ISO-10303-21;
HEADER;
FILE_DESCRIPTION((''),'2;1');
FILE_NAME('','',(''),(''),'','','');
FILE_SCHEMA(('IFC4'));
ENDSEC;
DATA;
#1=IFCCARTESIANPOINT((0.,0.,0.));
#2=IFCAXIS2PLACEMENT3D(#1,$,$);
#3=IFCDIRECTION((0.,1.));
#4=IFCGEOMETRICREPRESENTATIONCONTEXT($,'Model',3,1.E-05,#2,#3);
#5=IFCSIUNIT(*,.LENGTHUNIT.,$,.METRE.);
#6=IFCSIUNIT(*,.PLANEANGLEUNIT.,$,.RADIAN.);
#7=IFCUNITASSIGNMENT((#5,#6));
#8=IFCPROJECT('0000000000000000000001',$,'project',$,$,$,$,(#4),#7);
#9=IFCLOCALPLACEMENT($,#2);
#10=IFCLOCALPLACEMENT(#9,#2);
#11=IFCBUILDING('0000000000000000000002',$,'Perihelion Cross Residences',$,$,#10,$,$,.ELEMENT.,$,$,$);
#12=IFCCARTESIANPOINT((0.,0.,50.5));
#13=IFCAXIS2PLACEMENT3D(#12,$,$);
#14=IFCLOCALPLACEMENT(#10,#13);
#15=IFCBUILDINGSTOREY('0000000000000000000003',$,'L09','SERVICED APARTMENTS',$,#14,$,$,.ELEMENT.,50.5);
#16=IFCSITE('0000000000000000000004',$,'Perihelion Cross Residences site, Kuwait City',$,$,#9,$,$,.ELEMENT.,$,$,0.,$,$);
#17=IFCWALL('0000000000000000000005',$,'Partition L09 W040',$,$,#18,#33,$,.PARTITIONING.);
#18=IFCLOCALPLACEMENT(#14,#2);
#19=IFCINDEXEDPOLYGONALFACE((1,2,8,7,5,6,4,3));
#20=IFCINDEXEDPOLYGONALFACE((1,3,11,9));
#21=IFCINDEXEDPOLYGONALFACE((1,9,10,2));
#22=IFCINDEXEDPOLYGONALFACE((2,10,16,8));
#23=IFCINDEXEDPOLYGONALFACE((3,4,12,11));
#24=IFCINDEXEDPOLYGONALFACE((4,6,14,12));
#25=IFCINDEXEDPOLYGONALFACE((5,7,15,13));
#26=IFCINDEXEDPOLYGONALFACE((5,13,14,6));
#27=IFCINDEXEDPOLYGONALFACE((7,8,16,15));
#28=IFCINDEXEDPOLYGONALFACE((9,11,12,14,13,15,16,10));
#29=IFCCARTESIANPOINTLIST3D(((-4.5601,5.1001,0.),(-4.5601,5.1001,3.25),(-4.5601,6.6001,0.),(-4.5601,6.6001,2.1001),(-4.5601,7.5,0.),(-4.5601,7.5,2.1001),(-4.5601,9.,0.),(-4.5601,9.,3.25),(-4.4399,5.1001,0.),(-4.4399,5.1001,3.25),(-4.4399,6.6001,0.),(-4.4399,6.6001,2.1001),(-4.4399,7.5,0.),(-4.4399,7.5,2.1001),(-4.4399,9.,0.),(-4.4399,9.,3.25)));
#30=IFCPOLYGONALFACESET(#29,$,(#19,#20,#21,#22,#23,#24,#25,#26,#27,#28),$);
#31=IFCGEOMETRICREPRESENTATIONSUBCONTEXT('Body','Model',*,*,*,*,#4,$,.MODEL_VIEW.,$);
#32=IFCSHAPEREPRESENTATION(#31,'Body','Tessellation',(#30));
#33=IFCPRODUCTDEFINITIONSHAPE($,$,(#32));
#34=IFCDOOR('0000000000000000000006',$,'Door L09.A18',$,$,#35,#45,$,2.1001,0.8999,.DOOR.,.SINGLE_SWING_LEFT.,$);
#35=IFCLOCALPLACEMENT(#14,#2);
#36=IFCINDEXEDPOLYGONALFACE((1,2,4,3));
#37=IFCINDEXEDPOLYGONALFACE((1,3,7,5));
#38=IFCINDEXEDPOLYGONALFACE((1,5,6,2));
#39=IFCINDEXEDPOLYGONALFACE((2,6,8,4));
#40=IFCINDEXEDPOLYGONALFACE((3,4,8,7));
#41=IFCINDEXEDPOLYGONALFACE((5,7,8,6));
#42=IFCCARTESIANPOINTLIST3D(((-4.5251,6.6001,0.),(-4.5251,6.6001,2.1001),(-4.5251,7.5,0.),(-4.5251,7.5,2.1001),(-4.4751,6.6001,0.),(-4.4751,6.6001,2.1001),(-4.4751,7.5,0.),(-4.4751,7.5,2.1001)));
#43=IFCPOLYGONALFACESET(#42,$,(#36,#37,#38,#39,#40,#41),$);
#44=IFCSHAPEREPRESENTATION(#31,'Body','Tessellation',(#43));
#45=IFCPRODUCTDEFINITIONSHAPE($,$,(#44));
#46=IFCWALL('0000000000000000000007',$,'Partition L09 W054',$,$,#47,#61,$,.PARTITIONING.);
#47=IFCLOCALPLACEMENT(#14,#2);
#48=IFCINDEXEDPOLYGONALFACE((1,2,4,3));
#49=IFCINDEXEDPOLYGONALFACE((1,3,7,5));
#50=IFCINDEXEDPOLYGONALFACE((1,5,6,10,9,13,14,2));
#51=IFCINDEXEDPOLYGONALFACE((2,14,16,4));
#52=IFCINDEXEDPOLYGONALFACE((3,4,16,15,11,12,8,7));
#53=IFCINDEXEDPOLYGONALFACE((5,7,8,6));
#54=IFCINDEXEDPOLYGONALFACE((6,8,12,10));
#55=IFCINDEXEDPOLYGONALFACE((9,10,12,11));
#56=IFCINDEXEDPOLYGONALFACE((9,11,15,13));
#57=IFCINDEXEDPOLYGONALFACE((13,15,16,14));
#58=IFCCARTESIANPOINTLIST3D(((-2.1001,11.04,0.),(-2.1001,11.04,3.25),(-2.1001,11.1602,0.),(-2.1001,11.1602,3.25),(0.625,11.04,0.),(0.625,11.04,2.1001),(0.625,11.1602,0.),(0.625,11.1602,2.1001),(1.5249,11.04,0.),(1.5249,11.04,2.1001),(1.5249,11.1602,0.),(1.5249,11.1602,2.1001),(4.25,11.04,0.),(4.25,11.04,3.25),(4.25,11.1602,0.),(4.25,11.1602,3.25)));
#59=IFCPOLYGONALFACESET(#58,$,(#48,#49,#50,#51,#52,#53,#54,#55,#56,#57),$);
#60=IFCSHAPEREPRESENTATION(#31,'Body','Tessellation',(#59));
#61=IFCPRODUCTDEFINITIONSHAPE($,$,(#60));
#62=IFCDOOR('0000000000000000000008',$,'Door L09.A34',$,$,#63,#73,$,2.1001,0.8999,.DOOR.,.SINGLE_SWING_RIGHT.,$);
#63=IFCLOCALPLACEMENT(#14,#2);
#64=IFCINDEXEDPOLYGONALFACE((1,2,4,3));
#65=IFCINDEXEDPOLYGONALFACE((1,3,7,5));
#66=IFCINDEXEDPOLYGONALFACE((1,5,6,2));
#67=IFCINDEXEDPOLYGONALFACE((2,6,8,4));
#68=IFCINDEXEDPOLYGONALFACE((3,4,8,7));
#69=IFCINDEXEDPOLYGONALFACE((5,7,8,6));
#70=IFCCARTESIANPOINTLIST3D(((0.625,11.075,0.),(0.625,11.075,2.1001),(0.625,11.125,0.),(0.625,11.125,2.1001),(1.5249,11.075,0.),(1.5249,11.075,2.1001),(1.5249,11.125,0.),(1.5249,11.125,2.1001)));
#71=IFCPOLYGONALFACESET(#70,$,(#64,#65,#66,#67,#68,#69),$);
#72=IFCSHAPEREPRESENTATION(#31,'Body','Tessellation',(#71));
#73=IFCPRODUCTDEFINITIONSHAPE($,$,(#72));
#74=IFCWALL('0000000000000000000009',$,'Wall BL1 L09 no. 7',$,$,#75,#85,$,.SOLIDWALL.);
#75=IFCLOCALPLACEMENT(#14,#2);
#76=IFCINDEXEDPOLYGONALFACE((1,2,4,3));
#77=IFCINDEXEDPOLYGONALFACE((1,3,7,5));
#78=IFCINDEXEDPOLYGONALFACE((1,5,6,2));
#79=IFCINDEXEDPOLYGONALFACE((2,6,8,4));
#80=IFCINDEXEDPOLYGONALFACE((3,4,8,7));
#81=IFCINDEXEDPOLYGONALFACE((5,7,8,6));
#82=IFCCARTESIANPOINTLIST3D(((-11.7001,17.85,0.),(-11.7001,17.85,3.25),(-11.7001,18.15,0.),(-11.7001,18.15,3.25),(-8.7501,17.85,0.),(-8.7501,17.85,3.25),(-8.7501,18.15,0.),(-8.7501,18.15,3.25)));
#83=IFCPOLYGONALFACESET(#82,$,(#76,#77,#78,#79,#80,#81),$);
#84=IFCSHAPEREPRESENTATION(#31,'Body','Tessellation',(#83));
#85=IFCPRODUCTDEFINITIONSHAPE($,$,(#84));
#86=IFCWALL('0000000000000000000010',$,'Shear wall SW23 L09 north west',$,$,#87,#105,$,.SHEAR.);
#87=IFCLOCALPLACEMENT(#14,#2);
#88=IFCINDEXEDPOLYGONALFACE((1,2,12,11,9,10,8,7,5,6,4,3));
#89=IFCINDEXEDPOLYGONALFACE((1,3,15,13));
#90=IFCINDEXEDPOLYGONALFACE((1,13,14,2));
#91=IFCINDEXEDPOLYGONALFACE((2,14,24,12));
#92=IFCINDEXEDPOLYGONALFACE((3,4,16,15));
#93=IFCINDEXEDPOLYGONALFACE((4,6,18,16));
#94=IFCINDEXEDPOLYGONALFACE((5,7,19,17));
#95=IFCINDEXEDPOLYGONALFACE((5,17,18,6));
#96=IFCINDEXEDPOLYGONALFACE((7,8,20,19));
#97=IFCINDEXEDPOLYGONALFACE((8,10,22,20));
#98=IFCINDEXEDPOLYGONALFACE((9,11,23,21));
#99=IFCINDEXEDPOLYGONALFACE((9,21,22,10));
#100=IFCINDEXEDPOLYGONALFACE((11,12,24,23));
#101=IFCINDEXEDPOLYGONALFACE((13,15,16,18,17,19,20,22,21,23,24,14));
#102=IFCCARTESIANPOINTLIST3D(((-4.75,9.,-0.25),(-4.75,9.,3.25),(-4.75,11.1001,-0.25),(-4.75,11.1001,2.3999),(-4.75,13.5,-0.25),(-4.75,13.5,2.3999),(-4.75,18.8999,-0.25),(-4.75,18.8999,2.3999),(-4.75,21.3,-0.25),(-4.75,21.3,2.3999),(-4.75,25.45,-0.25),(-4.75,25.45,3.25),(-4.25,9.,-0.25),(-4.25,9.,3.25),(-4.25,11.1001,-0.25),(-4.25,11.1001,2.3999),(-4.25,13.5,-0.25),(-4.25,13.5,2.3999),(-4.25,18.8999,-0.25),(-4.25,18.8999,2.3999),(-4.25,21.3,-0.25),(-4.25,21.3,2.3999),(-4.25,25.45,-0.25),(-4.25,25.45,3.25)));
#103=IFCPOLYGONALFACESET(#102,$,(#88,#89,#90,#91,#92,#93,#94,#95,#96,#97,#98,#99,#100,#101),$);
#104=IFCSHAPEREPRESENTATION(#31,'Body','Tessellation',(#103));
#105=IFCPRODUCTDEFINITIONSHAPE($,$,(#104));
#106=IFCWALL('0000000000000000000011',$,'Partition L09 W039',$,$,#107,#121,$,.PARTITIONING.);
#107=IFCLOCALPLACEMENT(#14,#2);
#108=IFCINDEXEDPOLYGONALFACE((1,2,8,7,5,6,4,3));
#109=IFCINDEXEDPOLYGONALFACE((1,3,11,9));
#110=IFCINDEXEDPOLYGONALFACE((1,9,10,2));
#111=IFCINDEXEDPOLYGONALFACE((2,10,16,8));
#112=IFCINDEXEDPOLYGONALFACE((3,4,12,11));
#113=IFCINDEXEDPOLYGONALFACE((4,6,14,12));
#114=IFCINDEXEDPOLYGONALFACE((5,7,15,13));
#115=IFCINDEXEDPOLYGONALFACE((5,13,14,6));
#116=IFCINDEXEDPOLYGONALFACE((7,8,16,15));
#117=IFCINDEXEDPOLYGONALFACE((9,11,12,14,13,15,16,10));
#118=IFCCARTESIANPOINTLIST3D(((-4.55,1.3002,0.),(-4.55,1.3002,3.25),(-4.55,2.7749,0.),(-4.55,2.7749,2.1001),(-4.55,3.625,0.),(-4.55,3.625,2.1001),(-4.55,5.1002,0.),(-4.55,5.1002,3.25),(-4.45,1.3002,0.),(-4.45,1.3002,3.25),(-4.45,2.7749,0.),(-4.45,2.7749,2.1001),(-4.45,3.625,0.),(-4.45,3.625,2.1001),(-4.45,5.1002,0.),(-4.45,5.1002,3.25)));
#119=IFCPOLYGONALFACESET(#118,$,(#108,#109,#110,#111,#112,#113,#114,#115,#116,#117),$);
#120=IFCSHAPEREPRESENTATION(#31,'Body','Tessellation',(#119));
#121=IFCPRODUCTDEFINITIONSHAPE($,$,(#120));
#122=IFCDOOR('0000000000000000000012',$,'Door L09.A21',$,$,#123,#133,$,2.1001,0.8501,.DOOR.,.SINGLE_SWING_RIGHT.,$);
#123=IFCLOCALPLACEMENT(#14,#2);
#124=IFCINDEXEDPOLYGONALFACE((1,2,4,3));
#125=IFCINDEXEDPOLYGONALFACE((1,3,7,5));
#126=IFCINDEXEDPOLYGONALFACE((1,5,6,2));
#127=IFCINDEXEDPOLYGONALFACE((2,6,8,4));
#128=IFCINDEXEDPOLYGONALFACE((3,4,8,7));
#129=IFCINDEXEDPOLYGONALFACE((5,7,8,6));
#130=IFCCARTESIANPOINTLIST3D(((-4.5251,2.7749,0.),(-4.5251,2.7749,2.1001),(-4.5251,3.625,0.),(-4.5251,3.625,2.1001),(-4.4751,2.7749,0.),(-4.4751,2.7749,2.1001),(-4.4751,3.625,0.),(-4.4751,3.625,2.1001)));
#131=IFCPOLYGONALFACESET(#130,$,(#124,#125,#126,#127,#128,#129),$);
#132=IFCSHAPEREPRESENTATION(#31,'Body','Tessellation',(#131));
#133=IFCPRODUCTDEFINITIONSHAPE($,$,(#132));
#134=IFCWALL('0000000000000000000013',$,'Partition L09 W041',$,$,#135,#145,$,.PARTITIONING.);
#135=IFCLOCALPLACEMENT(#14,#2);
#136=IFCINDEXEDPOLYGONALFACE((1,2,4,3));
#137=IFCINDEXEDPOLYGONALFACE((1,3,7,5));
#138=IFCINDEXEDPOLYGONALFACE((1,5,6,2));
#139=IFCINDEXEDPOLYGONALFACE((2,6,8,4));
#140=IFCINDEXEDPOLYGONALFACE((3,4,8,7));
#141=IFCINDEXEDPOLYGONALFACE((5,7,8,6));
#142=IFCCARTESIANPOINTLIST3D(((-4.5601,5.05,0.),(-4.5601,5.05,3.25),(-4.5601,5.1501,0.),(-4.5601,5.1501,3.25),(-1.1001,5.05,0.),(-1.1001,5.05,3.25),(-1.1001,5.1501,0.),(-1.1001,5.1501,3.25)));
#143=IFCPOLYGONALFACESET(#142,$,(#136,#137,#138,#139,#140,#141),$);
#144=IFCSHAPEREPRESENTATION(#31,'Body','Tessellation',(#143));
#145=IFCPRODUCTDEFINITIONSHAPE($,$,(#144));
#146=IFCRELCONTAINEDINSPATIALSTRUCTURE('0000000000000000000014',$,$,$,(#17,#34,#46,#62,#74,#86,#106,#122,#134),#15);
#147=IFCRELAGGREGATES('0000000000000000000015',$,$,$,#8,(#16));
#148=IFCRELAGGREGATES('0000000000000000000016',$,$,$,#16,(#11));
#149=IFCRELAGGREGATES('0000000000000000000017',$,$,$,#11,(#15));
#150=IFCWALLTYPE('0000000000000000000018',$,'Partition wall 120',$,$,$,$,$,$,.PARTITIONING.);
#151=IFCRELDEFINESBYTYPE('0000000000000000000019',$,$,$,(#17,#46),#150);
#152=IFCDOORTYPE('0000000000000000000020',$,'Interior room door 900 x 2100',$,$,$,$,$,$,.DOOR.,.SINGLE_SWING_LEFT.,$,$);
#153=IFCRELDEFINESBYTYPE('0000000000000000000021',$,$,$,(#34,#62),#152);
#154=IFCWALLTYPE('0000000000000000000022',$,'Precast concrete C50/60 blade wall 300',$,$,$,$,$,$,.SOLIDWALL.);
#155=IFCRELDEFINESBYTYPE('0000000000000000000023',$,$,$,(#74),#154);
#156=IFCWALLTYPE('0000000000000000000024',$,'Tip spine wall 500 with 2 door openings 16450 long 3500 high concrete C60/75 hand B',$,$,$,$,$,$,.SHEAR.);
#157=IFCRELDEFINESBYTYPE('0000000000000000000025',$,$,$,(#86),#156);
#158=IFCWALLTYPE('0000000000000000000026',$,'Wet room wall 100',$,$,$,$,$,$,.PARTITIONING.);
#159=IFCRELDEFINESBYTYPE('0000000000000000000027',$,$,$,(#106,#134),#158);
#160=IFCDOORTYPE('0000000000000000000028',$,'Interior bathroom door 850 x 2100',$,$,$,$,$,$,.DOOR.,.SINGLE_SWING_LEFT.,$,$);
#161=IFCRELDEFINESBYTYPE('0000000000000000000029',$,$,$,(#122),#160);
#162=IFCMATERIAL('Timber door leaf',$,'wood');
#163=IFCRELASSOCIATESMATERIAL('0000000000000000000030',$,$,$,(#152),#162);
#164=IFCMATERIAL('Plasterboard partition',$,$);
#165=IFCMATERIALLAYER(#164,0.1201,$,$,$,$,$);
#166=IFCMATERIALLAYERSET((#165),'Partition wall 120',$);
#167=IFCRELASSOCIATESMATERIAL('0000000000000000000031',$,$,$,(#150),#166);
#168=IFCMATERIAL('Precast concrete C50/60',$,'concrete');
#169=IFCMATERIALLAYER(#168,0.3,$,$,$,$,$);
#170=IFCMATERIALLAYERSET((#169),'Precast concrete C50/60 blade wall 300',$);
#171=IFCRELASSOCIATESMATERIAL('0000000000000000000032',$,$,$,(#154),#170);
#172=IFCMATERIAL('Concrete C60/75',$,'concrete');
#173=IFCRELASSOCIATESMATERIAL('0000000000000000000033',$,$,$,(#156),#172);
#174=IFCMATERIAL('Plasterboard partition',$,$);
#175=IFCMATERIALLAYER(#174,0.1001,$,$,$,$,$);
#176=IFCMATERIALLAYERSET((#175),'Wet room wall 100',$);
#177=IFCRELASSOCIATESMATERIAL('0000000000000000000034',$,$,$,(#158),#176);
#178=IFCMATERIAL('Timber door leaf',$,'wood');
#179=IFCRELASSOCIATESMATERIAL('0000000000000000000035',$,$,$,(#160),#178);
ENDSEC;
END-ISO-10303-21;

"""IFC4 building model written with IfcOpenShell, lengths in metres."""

from ifc_helpers import new_model, si_unit, direction, frame, frame_2d, origin, place, context, subcontext, project, spatial, polyline, rectangle, outline, extrude, material, layer, layer_set, material_profile, profile_set, type_object, element, fill, save


model = new_model("IFC4")

# Units and contexts
model_context = context("Model", 3, precision=1e-05, world=origin(), true_north=direction((0.0, 1.0)))
body_context = subcontext(model_context, "Body", "Model", "MODEL_VIEW")
ifc_project = project(units=[si_unit("LENGTHUNIT", "METRE"), si_unit("PLANEANGLEUNIT", "RADIAN")], contexts=[model_context])

# Site, building, storey
site_placement = place(None, origin())
site = spatial("IfcSite", under=ifc_project, at=site_placement, Name="Perihelion Cross Residences site, Kuwait City", CompositionType="ELEMENT", RefElevation=0.0)
building_placement = place(site_placement, origin())
building = spatial("IfcBuilding", under=site, at=building_placement, Name="Perihelion Cross Residences", CompositionType="ELEMENT")
storey_placement = place(building_placement, frame((0.0, 0.0, 50.5)))
storey = spatial("IfcBuildingStorey", under=building, at=storey_placement, Name="L09", Description="SERVICED APARTMENTS", CompositionType="ELEMENT", Elevation=50.5)

# Walls, openings, doors
ifc_material_1 = material(Name="Timber door leaf", Category="wood")
door_type_1 = type_object("IfcDoorType", Name="Interior room door 900 x 2100", OperationType="SINGLE_SWING_LEFT", PredefinedType="DOOR", material=ifc_material_1)
ifc_material_2 = material(Name="Plasterboard partition")
ifc_layer_1 = layer(ifc_material_2, 0.1201)
ifc_layer_set_1 = layer_set([ifc_layer_1], Name="Partition wall 120")
wall_type_1 = type_object("IfcWallType", Name="Partition wall 120", PredefinedType="PARTITIONING", material=ifc_layer_set_1)
wall_1_placement = place(storey_placement, frame((-4.5, 9.0, 0.0), z_axis=(0.0, 0.0, 1.0), x_axis=(0.0, -1.0, 0.0)))
wall_1 = element("IfcWall", 1, at=wall_1_placement, inside=storey, type_object=wall_type_1, Name="Partition L09 W040", PredefinedType="PARTITIONING", context=body_context, shape_type="SweptSolid", body=[
    extrude(rectangle(XDim=3.8999, YDim=0.1201, at=frame_2d((1.95, 0.0))), origin(), (0.0, 0.0, 1.0), 3.25),
])
opening_1_placement = place(wall_1_placement, frame((1.5, 0.0, 0.0)))
opening_1 = element("IfcOpeningElement", 2, at=opening_1_placement, cuts=wall_1, PredefinedType="OPENING", context=body_context, shape_type="SweptSolid", body=[
    extrude(rectangle(XDim=0.8999, YDim=2.1001, at=frame_2d((0.45, 1.05))), frame((0.0, 0.0701, 0.0), z_axis=(0.0, -1.0, 0.0), x_axis=(1.0, 0.0, 0.0)), (0.0, 0.0, 1.0), 0.1401),
])
door_1_placement = place(opening_1_placement, origin())
door_1 = element("IfcDoor", 3, at=door_1_placement, inside=storey, type_object=door_type_1, Name="Door L09.A18", OperationType="SINGLE_SWING_LEFT", OverallHeight=2.1001, OverallWidth=0.8999, PredefinedType="DOOR", context=body_context, shape_type="SweptSolid", body=[
    extrude(rectangle(XDim=0.8999, YDim=2.1001, at=frame_2d((0.45, 1.05))), frame((0.0, 0.0249, 0.0), z_axis=(0.0, -1.0, 0.0), x_axis=(1.0, 0.0, 0.0)), (0.0, 0.0, 1.0), 0.05),
])
fill(opening_1, door_1)
wall_2_placement = place(storey_placement, frame((-2.1001, 11.1001, 0.0), z_axis=(0.0, 0.0, 1.0), x_axis=(1.0, 0.0, 0.0)))
wall_2 = element("IfcWall", 4, at=wall_2_placement, inside=storey, type_object=wall_type_1, Name="Partition L09 W054", PredefinedType="PARTITIONING", context=body_context, shape_type="SweptSolid", body=[
    extrude(rectangle(XDim=6.3501, YDim=0.1201, at=frame_2d((3.175, 0.0))), origin(), (0.0, 0.0, 1.0), 3.25),
])
opening_2_placement = place(wall_2_placement, frame((2.7251, 0.0, 0.0)))
opening_2 = element("IfcOpeningElement", 5, at=opening_2_placement, cuts=wall_2, PredefinedType="OPENING", context=body_context, shape_type="SweptSolid", body=[
    extrude(rectangle(XDim=0.8999, YDim=2.1001, at=frame_2d((0.45, 1.05))), frame((0.0, 0.0701, 0.0), z_axis=(0.0, -1.0, 0.0), x_axis=(1.0, 0.0, 0.0)), (0.0, 0.0, 1.0), 0.1401),
])
door_2_placement = place(opening_2_placement, origin())
door_2 = element("IfcDoor", 6, at=door_2_placement, inside=storey, type_object=door_type_1, Name="Door L09.A34", OperationType="SINGLE_SWING_RIGHT", OverallHeight=2.1001, OverallWidth=0.8999, PredefinedType="DOOR", context=body_context, shape_type="SweptSolid", body=[
    extrude(rectangle(XDim=0.8999, YDim=2.1001, at=frame_2d((0.45, 1.05))), frame((0.0, 0.0249, 0.0), z_axis=(0.0, -1.0, 0.0), x_axis=(1.0, 0.0, 0.0)), (0.0, 0.0, 1.0), 0.05),
])
fill(opening_2, door_2)

# Walls
ifc_material_3 = material(Name="Precast concrete C50/60", Category="concrete")
ifc_layer_2 = layer(ifc_material_3, 0.3)
ifc_layer_set_2 = layer_set([ifc_layer_2], Name="Precast concrete C50/60 blade wall 300")
wall_type_2 = type_object("IfcWallType", Name="Precast concrete C50/60 blade wall 300", PredefinedType="SOLIDWALL", material=ifc_layer_set_2)
wall_3_placement = place(storey_placement, frame((-8.75, 18.0, 0.0), z_axis=(0.0, 0.0, 1.0), x_axis=(-1.0, 0.0, 0.0)))
element("IfcWall", 7, at=wall_3_placement, inside=storey, type_object=wall_type_2, Name="Wall BL1 L09 no. 7", PredefinedType="SOLIDWALL", context=body_context, shape_type="SweptSolid", body=[
    extrude(rectangle(XDim=2.95, YDim=0.3, at=frame_2d((1.4751, 0.0))), origin(), (0.0, 0.0, 1.0), 3.25),
])
ifc_material_4 = material(Name="Concrete C60/75", Category="concrete")
ifc_material_profile_1 = material_profile(ifc_material_4, outline(polyline([(0.0, 0.0), (2.1001, 0.0), (2.1001, 2.6499), (4.5, 2.6499), (4.5, 0.0), (9.8999, 0.0), (9.8999, 2.6499), (12.3, 2.6499), (12.3, 0.0), (16.45, 0.0), (16.45, 3.5), (0.0, 3.5), (0.0, 0.0)])), Name="Tip spine wall")
ifc_profile_set_1 = profile_set([ifc_material_profile_1], Name="Concrete C60/75")
wall_type_3 = type_object("IfcWallType", Name="Tip spine wall 500 with 2 door openings 16450 long 3500 high concrete C60/75 hand B", PredefinedType="SHEAR", material=ifc_profile_set_1)
wall_4_placement = place(storey_placement, frame((-4.75, 9.0, -0.25), z_axis=(1.0, 0.0, 0.0), x_axis=(0.0, 1.0, 0.0)))
element("IfcWall", 8, at=wall_4_placement, inside=storey, type_object=wall_type_3, Name="Shear wall SW23 L09 north west", PredefinedType="SHEAR", context=body_context, shape_type="SweptSolid", body=[
    extrude(outline(polyline([(0.0, 0.0), (2.1001, 0.0), (2.1001, 2.6499), (4.5, 2.6499), (4.5, 0.0), (9.8999, 0.0), (9.8999, 2.6499), (12.3, 2.6499), (12.3, 0.0), (16.45, 0.0), (16.45, 3.5), (0.0, 3.5), (0.0, 0.0)])), origin(), (0.0, 0.0, 1.0), 0.5),
])

# Wall, opening, door
ifc_material_5 = material(Name="Plasterboard partition")
ifc_layer_3 = layer(ifc_material_5, 0.1001)
ifc_layer_set_3 = layer_set([ifc_layer_3], Name="Wet room wall 100")
wall_type_4 = type_object("IfcWallType", Name="Wet room wall 100", PredefinedType="PARTITIONING", material=ifc_layer_set_3)
wall_5_placement = place(storey_placement, frame((-4.5, 5.1001, 0.0), z_axis=(0.0, 0.0, 1.0), x_axis=(0.0, -1.0, 0.0)))
wall_5 = element("IfcWall", 9, at=wall_5_placement, inside=storey, type_object=wall_type_4, Name="Partition L09 W039", PredefinedType="PARTITIONING", context=body_context, shape_type="SweptSolid", body=[
    extrude(rectangle(XDim=3.8, YDim=0.1001, at=frame_2d((1.8999, 0.0))), origin(), (0.0, 0.0, 1.0), 3.25),
])
opening_3_placement = place(wall_5_placement, frame((1.4751, 0.0, 0.0)))
opening_3 = element("IfcOpeningElement", 10, at=opening_3_placement, cuts=wall_5, PredefinedType="OPENING", context=body_context, shape_type="SweptSolid", body=[
    extrude(rectangle(XDim=0.8501, YDim=2.1001, at=frame_2d((0.425, 1.05))), frame((0.0, 0.0601, 0.0), z_axis=(0.0, -1.0, 0.0), x_axis=(1.0, 0.0, 0.0)), (0.0, 0.0, 1.0), 0.1201),
])
ifc_material_6 = material(Name="Timber door leaf", Category="wood")
door_type_2 = type_object("IfcDoorType", Name="Interior bathroom door 850 x 2100", OperationType="SINGLE_SWING_LEFT", PredefinedType="DOOR", material=ifc_material_6)
door_3_placement = place(opening_3_placement, origin())
door_3 = element("IfcDoor", 11, at=door_3_placement, inside=storey, type_object=door_type_2, Name="Door L09.A21", OperationType="SINGLE_SWING_RIGHT", OverallHeight=2.1001, OverallWidth=0.8501, PredefinedType="DOOR", context=body_context, shape_type="SweptSolid", body=[
    extrude(rectangle(XDim=0.8501, YDim=2.1001, at=frame_2d((0.425, 1.05))), frame((0.0, 0.0249, 0.0), z_axis=(0.0, -1.0, 0.0), x_axis=(1.0, 0.0, 0.0)), (0.0, 0.0, 1.0), 0.05),
])
fill(opening_3, door_3)

# Wall
wall_6_placement = place(storey_placement, frame((-4.5601, 5.1001, 0.0), z_axis=(0.0, 0.0, 1.0), x_axis=(1.0, 0.0, 0.0)))
element("IfcWall", 12, at=wall_6_placement, inside=storey, type_object=wall_type_4, Name="Partition L09 W041", PredefinedType="PARTITIONING", context=body_context, shape_type="SweptSolid", body=[
    extrude(rectangle(XDim=3.46, YDim=0.1001, at=frame_2d((1.73, 0.0))), origin(), (0.0, 0.0, 1.0), 3.25),
])

save(model, "model.ifc")
